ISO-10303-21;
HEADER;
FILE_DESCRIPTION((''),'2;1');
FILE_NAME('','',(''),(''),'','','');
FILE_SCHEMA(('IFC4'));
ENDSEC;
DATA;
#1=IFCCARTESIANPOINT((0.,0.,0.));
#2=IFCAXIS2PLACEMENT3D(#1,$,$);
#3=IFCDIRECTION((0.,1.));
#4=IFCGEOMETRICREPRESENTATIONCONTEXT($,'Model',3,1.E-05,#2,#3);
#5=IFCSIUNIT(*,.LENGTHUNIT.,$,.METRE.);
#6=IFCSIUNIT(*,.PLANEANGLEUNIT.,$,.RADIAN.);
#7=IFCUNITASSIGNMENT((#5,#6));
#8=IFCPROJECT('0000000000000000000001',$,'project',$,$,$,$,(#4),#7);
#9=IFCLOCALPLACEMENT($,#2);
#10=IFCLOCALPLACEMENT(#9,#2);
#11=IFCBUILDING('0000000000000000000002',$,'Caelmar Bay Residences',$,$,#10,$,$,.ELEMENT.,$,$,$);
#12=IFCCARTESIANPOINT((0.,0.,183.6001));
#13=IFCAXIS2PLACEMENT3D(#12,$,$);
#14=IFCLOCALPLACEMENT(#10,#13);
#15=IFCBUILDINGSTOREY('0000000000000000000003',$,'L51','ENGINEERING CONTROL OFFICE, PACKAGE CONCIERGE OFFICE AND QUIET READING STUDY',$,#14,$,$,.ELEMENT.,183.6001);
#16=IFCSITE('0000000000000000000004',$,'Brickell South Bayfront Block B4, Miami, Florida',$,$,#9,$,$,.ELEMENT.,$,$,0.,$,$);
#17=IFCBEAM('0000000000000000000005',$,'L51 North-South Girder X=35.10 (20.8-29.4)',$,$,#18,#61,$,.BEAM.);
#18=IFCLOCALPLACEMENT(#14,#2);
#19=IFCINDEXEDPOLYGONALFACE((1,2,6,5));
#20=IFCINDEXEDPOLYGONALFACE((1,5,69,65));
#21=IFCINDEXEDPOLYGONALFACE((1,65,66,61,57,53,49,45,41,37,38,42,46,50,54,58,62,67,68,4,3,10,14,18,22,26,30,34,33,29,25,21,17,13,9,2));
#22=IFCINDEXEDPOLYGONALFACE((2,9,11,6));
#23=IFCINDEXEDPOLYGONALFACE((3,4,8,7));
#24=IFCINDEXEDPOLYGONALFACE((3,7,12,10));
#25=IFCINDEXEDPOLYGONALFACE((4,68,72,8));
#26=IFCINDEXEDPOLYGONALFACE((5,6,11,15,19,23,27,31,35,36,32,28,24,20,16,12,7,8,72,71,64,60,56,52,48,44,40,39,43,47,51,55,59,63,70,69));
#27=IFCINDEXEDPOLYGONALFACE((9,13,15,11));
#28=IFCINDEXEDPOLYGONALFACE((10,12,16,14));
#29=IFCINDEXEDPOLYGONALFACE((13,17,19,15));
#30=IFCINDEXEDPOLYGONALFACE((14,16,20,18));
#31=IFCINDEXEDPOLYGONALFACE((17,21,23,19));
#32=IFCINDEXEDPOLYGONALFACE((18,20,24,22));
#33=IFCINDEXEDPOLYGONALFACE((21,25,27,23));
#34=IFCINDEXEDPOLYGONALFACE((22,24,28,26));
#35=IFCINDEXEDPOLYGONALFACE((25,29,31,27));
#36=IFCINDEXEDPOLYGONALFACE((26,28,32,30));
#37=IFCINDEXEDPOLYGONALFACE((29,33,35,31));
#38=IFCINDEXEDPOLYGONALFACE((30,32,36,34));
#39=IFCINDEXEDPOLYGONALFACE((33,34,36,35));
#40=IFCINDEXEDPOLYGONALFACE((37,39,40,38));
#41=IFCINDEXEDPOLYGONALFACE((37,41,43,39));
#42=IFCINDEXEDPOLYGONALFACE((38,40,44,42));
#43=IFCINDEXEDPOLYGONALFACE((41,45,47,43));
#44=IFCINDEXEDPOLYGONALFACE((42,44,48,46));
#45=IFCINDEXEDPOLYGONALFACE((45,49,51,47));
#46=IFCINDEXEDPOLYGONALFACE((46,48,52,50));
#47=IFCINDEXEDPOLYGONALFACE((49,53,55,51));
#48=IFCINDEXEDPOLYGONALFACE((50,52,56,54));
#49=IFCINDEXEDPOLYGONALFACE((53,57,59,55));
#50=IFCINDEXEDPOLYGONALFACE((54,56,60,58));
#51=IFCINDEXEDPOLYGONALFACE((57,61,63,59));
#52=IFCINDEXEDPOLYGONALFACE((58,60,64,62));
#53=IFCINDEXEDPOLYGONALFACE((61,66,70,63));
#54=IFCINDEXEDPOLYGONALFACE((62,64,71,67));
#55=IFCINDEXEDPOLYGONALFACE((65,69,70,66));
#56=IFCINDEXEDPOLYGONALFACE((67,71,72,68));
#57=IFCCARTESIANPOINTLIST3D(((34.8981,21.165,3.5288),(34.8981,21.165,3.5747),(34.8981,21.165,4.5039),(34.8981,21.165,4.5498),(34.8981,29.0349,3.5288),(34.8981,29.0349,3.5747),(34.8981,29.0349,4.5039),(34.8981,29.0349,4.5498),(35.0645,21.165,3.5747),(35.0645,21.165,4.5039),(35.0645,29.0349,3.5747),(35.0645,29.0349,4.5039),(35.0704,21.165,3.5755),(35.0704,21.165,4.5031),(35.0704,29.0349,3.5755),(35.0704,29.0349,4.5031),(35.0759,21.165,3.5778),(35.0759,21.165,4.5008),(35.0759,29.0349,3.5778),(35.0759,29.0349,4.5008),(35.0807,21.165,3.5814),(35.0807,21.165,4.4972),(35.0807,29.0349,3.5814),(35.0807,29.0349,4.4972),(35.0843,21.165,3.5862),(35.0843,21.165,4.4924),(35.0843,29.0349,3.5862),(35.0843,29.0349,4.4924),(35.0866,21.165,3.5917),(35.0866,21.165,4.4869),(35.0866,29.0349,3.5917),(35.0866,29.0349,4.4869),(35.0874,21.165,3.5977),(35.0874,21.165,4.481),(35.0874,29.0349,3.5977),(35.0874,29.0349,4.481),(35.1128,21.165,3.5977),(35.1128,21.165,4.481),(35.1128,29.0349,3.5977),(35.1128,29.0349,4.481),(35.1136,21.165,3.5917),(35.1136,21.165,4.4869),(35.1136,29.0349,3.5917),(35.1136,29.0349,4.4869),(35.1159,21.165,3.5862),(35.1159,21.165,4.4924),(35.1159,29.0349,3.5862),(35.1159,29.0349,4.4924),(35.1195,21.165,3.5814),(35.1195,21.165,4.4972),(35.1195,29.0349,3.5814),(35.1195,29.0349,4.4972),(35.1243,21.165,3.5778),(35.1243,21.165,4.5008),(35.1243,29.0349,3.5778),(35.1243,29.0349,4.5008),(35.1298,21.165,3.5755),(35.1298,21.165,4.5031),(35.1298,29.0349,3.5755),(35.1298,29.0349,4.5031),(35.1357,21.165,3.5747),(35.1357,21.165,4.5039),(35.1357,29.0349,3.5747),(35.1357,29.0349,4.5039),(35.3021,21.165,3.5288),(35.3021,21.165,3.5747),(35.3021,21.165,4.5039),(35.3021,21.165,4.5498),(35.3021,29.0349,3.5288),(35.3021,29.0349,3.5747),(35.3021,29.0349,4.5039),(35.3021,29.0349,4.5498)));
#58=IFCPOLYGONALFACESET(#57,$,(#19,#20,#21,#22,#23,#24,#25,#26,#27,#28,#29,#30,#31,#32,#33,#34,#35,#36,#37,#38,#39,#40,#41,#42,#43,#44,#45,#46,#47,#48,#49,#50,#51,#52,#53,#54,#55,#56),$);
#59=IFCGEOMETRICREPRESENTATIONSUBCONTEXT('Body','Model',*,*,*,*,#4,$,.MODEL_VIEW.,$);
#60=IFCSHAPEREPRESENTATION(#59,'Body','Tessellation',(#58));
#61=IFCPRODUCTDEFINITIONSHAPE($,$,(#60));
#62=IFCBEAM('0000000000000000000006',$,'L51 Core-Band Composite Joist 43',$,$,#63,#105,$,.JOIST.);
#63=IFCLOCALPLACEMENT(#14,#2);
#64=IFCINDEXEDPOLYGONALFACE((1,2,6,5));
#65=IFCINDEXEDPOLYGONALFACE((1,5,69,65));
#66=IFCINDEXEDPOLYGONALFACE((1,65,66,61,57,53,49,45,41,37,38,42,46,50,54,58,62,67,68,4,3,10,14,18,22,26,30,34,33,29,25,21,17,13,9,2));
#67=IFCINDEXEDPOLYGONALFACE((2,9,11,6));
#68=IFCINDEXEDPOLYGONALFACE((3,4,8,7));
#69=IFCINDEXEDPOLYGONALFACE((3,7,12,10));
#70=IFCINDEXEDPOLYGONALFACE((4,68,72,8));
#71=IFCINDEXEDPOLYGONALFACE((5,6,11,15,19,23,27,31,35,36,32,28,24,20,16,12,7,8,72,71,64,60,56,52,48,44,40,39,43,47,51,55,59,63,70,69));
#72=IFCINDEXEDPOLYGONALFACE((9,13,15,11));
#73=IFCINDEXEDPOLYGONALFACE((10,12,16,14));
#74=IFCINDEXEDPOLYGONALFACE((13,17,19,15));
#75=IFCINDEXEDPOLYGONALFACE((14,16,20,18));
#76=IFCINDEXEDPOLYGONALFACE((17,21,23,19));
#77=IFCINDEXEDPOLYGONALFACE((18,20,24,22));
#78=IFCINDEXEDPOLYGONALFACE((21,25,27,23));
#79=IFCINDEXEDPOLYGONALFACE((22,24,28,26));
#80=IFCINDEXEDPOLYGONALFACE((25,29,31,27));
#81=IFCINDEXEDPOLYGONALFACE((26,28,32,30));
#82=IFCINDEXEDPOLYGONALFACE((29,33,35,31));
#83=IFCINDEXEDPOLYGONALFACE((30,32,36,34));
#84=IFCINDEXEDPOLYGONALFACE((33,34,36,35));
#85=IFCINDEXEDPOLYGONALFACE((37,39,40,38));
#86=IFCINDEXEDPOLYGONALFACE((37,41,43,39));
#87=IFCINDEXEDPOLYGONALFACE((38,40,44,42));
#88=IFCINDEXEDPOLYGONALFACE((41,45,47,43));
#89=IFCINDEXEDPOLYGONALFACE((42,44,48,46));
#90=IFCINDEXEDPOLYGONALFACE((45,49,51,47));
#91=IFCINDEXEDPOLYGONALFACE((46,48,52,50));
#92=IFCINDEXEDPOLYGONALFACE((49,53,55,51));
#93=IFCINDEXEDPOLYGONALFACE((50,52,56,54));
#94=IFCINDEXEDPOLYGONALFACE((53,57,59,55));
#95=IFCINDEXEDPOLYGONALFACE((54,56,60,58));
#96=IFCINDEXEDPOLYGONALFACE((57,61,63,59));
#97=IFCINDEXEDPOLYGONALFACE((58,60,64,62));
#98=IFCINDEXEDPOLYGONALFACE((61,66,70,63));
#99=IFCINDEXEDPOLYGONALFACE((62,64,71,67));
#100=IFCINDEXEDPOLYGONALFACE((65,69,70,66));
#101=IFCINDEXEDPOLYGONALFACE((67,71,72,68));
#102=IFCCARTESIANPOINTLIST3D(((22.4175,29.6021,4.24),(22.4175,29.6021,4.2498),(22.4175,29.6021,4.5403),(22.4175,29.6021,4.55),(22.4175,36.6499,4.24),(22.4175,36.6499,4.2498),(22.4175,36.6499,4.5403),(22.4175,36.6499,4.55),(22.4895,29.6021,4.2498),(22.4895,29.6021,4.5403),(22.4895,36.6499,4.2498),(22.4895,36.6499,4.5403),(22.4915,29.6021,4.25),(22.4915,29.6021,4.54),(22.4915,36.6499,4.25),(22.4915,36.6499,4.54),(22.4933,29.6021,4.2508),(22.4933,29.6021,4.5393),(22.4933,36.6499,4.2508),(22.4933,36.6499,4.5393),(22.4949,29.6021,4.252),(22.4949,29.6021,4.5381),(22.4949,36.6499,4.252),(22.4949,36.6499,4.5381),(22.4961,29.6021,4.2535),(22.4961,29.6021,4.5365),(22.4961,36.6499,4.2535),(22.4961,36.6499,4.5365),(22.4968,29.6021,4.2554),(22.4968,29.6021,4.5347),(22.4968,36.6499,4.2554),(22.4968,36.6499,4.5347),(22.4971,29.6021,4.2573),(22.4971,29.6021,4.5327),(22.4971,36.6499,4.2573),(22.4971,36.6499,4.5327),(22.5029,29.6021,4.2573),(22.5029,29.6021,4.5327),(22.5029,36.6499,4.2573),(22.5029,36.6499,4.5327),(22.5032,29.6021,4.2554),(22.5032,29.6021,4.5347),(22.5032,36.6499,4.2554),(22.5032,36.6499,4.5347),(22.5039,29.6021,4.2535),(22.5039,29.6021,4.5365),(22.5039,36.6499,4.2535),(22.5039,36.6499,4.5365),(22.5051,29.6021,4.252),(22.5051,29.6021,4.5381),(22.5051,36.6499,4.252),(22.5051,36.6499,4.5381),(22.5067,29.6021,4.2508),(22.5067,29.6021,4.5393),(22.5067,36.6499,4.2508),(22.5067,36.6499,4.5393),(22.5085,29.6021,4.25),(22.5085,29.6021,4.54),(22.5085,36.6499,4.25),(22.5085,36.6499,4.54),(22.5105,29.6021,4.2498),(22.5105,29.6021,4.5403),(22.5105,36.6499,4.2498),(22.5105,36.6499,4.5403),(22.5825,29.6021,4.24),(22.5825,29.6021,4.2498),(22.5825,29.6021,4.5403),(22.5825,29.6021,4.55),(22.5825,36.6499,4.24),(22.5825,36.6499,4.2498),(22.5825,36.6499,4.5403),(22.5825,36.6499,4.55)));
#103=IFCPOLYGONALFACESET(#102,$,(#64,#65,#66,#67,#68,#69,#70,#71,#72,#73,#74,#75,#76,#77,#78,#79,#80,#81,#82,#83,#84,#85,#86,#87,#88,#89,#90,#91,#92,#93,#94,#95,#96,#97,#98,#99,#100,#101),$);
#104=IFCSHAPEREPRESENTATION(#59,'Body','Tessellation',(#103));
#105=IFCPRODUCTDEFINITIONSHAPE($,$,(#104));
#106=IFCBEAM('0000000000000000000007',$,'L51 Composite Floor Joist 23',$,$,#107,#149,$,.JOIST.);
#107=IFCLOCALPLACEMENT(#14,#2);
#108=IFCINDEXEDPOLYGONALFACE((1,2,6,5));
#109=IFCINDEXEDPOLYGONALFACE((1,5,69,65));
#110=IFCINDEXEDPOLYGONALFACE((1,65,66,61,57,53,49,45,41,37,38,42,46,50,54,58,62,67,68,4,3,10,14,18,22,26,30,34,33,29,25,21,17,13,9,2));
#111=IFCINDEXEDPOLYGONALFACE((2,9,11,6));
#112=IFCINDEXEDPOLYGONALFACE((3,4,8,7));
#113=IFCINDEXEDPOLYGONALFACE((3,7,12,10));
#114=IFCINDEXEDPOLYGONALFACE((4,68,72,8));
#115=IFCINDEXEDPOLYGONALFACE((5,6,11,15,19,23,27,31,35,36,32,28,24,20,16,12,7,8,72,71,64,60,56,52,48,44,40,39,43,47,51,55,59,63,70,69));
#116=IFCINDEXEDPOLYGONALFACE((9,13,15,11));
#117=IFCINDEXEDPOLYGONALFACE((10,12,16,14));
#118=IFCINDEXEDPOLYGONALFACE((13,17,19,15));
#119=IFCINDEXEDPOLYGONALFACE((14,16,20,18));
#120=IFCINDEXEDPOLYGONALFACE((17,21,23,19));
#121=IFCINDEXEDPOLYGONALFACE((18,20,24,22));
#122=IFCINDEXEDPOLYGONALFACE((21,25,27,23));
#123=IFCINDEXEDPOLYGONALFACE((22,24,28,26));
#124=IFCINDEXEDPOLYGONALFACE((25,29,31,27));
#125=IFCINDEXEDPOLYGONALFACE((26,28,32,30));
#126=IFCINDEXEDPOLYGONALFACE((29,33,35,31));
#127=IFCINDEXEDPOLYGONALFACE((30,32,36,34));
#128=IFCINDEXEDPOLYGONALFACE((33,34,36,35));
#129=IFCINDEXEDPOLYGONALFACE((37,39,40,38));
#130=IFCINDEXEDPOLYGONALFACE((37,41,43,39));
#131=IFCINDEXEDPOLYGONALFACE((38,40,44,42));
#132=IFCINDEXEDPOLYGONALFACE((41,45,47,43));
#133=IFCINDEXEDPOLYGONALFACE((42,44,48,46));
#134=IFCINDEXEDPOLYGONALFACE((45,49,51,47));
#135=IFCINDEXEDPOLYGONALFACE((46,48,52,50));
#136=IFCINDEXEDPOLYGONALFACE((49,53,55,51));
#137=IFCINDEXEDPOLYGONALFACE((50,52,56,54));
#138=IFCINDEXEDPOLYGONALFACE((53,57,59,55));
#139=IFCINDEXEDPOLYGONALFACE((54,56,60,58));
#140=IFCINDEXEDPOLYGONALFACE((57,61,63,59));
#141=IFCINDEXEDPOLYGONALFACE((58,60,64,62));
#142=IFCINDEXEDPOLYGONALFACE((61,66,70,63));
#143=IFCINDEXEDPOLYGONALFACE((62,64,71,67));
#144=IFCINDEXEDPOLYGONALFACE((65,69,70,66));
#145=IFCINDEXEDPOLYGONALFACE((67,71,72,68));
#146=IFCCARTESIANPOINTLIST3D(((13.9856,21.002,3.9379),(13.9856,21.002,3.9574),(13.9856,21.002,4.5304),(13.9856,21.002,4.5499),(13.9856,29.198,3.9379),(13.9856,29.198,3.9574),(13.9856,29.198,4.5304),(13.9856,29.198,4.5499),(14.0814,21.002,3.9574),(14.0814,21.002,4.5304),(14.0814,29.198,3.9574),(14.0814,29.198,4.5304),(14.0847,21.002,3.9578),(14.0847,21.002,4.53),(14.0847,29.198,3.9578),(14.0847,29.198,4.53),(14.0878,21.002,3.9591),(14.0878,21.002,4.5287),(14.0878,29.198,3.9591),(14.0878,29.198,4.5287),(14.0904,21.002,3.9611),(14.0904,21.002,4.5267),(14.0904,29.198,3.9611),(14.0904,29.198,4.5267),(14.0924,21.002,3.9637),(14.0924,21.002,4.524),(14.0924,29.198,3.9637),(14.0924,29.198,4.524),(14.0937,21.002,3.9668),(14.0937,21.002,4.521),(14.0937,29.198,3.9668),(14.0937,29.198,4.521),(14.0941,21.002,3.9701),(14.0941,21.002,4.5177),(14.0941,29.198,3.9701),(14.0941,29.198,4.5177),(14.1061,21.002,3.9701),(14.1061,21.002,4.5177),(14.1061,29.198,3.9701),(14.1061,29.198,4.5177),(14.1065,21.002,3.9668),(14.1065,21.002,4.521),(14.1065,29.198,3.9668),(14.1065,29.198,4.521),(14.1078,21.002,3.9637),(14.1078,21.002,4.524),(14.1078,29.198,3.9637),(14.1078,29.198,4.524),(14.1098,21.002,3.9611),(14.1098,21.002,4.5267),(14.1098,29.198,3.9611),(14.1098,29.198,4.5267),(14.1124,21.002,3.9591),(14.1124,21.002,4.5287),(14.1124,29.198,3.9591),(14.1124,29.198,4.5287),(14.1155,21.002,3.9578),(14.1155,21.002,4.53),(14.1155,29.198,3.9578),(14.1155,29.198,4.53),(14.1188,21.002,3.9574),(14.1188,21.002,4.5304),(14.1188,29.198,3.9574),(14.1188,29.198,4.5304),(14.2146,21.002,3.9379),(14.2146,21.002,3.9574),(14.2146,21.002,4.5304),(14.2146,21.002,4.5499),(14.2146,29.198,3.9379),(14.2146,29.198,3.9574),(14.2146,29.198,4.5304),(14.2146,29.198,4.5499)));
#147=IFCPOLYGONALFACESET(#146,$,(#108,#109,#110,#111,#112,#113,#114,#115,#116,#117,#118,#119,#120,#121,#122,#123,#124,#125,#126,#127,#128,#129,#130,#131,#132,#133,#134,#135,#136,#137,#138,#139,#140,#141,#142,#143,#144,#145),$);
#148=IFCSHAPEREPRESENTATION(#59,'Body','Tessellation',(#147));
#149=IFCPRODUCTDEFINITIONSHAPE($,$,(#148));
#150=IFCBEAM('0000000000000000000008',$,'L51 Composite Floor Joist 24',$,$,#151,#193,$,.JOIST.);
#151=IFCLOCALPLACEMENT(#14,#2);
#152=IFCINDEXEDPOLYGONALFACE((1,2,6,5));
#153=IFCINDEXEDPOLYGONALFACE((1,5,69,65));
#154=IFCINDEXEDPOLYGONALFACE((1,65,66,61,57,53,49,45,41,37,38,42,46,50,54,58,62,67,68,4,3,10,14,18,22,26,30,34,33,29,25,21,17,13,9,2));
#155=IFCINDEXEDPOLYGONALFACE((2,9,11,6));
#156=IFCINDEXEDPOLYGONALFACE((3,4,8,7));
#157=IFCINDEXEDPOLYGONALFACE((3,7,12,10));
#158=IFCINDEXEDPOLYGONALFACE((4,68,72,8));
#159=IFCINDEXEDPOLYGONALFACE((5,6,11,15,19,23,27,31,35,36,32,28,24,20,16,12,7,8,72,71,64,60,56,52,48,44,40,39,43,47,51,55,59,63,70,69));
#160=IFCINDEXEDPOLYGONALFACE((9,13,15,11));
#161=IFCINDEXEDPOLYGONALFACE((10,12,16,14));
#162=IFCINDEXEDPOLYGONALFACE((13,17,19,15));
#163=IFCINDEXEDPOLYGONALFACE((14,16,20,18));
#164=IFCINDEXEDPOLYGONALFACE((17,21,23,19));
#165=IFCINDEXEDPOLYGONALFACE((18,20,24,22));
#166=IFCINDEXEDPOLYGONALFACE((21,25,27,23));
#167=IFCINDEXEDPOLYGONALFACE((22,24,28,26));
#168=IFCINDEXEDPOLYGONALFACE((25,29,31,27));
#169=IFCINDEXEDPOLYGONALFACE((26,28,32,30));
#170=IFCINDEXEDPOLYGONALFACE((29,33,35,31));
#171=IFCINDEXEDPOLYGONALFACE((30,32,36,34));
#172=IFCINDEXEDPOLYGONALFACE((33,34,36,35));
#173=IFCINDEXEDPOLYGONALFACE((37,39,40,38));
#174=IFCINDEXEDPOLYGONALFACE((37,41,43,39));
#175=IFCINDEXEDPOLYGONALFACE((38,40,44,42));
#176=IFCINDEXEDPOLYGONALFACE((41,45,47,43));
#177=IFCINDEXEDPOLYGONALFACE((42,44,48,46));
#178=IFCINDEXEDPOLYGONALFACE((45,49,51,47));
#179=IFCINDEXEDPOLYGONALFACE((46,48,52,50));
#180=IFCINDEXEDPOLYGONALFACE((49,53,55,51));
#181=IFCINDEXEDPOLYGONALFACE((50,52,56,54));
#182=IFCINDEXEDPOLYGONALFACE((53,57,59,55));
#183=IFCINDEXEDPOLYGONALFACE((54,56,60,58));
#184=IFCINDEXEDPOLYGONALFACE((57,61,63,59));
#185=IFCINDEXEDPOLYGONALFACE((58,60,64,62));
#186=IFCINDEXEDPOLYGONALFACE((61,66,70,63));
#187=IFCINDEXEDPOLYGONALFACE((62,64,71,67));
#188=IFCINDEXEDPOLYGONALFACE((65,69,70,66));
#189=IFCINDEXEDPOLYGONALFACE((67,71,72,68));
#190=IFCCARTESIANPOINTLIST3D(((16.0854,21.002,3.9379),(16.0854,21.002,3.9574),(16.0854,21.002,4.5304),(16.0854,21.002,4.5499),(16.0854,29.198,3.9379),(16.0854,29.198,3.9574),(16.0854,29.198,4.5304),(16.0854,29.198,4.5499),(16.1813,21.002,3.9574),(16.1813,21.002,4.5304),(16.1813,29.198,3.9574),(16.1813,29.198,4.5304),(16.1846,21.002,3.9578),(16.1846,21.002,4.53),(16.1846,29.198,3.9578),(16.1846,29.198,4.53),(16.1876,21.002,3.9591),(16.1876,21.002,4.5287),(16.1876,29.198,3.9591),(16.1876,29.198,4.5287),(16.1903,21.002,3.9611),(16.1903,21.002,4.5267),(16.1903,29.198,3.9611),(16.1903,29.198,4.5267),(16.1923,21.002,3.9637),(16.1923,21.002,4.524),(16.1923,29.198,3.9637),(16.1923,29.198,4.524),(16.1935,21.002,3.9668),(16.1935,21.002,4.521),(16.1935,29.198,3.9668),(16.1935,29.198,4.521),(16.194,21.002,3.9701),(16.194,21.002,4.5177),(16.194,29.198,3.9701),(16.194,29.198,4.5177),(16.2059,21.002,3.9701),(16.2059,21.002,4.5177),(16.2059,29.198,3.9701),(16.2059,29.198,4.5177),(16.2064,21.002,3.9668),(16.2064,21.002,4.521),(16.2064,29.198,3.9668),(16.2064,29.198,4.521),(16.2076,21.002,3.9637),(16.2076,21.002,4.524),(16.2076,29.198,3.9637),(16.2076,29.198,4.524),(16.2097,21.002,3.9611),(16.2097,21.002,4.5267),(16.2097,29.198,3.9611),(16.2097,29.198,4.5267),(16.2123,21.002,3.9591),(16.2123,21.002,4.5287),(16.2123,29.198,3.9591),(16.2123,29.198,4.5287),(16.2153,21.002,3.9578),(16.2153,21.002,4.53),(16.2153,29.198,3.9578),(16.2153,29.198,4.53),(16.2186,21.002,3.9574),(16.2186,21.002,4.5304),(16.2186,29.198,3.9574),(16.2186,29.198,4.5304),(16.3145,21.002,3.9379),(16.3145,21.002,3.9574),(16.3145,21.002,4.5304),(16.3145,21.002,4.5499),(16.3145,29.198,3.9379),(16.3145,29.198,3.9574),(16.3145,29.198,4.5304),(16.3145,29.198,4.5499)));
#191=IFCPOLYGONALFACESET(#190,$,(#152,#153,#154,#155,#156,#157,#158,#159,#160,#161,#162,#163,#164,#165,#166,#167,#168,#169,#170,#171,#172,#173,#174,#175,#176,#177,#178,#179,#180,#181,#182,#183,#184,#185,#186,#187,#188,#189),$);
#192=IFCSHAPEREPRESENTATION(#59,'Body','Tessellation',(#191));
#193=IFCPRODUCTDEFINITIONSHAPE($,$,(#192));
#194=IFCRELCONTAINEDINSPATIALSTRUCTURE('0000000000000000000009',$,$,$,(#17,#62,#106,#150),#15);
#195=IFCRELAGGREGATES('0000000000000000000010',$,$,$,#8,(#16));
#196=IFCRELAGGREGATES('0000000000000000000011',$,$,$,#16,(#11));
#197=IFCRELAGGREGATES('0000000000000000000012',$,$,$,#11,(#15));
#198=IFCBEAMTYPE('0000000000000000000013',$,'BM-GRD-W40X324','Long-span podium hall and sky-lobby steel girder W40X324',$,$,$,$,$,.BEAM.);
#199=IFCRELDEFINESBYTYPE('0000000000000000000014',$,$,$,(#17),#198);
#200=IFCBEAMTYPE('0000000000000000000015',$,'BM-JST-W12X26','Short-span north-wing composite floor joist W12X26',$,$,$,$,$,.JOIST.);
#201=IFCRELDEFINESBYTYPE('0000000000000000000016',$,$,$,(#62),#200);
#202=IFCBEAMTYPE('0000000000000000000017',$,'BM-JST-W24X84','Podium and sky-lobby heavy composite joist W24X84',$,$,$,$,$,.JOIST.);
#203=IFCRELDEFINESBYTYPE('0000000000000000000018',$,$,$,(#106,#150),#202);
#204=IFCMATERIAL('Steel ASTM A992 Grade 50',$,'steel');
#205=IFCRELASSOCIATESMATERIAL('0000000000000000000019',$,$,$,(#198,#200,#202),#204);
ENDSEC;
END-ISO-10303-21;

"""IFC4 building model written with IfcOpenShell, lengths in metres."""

from ifc_helpers import new_model, si_unit, direction, frame, origin, origin_2d, place, context, subcontext, project, spatial, i_section, extrude, material, material_profile, profile_set, type_object, element, save


model = new_model("IFC4")

# Units and contexts
model_context = context("Model", 3, precision=1e-05, world=origin(), true_north=direction((0.0, 1.0)))
body_context = subcontext(model_context, "Body", "Model", "MODEL_VIEW")
ifc_project = project(units=[si_unit("LENGTHUNIT", "METRE"), si_unit("PLANEANGLEUNIT", "RADIAN")], contexts=[model_context])

# Site, building, storey
site_placement = place(None, origin())
site = spatial("IfcSite", under=ifc_project, at=site_placement, Name="Brickell South Bayfront Block B4, Miami, Florida", CompositionType="ELEMENT", RefElevation=0.0)
building_placement = place(site_placement, origin())
building = spatial("IfcBuilding", under=site, at=building_placement, Name="Caelmar Bay Residences", CompositionType="ELEMENT")
storey_placement = place(building_placement, frame((0.0, 0.0, 183.6001)))
storey = spatial("IfcBuildingStorey", under=building, at=storey_placement, Name="L51", Description="ENGINEERING CONTROL OFFICE, PACKAGE CONCIERGE OFFICE AND QUIET READING STUDY", CompositionType="ELEMENT", Elevation=183.6001)

# Beams
ifc_material_1 = material(Name="Steel ASTM A992 Grade 50", Category="steel")
ifc_material_profile_1 = material_profile(ifc_material_1, i_section(OverallWidth=0.4041, OverallDepth=1.021, WebThickness=0.0254, FlangeThickness=0.0459, FilletRadius=0.0229, at=origin_2d()), Name="W40X324")
ifc_profile_set_1 = profile_set([ifc_material_profile_1], Name="Steel ASTM A992 Grade 50")
beam_type_1 = type_object("IfcBeamType", Name="BM-GRD-W40X324", Description="Long-span podium hall and sky-lobby steel girder W40X324", PredefinedType="BEAM", material=ifc_profile_set_1)
for number, where, z_axis, x_axis, name in (
    (1, (35.1001, 21.165, 4.0393), (0.0, 1.0, 0.0), (-1.0, 0.0, 0.0), "L51 North-South Girder X=35.10 (20.8-29.4)"),
):
    element("IfcBeam", number, at=place(storey_placement, frame(where, z_axis=z_axis, x_axis=x_axis)), inside=storey, type_object=beam_type_1, Name=name, PredefinedType="BEAM", context=body_context, shape_type="SweptSolid", body=[
        extrude(i_section(OverallWidth=0.4041, OverallDepth=1.021, WebThickness=0.0254, FlangeThickness=0.0459, FilletRadius=0.0229, at=origin_2d()), origin(), (0.0, 0.0, 1.0), 7.8699),
    ])
ifc_material_profile_2 = material_profile(ifc_material_1, i_section(OverallWidth=0.165, OverallDepth=0.3101, WebThickness=0.0059, FlangeThickness=0.0098, FilletRadius=0.0076, at=origin_2d()), Name="W12X26")
ifc_profile_set_2 = profile_set([ifc_material_profile_2], Name="Steel ASTM A992 Grade 50")
beam_type_2 = type_object("IfcBeamType", Name="BM-JST-W12X26", Description="Short-span north-wing composite floor joist W12X26", PredefinedType="JOIST", material=ifc_profile_set_2)
beam_1_placement = place(storey_placement, frame((22.5, 29.6021, 4.395), z_axis=(0.0, 1.0, 0.0), x_axis=(-1.0, 0.0, 0.0)))
element("IfcBeam", 2, at=beam_1_placement, inside=storey, type_object=beam_type_2, Name="L51 Core-Band Composite Joist 43", PredefinedType="JOIST", context=body_context, shape_type="SweptSolid", body=[
    extrude(i_section(OverallWidth=0.165, OverallDepth=0.3101, WebThickness=0.0059, FlangeThickness=0.0098, FilletRadius=0.0076, at=origin_2d()), origin(), (0.0, 0.0, 1.0), 7.0479),
])
ifc_material_profile_3 = material_profile(ifc_material_1, i_section(OverallWidth=0.229, OverallDepth=0.6121, WebThickness=0.012, FlangeThickness=0.0195, FilletRadius=0.0127, at=origin_2d()), Name="W24X84")
ifc_profile_set_3 = profile_set([ifc_material_profile_3], Name="Steel ASTM A992 Grade 50")
beam_type_3 = type_object("IfcBeamType", Name="BM-JST-W24X84", Description="Podium and sky-lobby heavy composite joist W24X84", PredefinedType="JOIST", material=ifc_profile_set_3)
for number, where, z_axis, x_axis, name in (
    (3, (14.1001, 21.002, 4.2439), (0.0, 1.0, 0.0), (-1.0, 0.0, 0.0), "L51 Composite Floor Joist 23"),
    (4, (16.2, 21.002, 4.2439), (0.0, 1.0, 0.0), (-1.0, 0.0, 0.0), "L51 Composite Floor Joist 24"),
):
    element("IfcBeam", number, at=place(storey_placement, frame(where, z_axis=z_axis, x_axis=x_axis)), inside=storey, type_object=beam_type_3, Name=name, PredefinedType="JOIST", context=body_context, shape_type="SweptSolid", body=[
        extrude(i_section(OverallWidth=0.229, OverallDepth=0.6121, WebThickness=0.012, FlangeThickness=0.0195, FilletRadius=0.0127, at=origin_2d()), origin(), (0.0, 0.0, 1.0), 8.196),
    ])

save(model, "model.ifc")
